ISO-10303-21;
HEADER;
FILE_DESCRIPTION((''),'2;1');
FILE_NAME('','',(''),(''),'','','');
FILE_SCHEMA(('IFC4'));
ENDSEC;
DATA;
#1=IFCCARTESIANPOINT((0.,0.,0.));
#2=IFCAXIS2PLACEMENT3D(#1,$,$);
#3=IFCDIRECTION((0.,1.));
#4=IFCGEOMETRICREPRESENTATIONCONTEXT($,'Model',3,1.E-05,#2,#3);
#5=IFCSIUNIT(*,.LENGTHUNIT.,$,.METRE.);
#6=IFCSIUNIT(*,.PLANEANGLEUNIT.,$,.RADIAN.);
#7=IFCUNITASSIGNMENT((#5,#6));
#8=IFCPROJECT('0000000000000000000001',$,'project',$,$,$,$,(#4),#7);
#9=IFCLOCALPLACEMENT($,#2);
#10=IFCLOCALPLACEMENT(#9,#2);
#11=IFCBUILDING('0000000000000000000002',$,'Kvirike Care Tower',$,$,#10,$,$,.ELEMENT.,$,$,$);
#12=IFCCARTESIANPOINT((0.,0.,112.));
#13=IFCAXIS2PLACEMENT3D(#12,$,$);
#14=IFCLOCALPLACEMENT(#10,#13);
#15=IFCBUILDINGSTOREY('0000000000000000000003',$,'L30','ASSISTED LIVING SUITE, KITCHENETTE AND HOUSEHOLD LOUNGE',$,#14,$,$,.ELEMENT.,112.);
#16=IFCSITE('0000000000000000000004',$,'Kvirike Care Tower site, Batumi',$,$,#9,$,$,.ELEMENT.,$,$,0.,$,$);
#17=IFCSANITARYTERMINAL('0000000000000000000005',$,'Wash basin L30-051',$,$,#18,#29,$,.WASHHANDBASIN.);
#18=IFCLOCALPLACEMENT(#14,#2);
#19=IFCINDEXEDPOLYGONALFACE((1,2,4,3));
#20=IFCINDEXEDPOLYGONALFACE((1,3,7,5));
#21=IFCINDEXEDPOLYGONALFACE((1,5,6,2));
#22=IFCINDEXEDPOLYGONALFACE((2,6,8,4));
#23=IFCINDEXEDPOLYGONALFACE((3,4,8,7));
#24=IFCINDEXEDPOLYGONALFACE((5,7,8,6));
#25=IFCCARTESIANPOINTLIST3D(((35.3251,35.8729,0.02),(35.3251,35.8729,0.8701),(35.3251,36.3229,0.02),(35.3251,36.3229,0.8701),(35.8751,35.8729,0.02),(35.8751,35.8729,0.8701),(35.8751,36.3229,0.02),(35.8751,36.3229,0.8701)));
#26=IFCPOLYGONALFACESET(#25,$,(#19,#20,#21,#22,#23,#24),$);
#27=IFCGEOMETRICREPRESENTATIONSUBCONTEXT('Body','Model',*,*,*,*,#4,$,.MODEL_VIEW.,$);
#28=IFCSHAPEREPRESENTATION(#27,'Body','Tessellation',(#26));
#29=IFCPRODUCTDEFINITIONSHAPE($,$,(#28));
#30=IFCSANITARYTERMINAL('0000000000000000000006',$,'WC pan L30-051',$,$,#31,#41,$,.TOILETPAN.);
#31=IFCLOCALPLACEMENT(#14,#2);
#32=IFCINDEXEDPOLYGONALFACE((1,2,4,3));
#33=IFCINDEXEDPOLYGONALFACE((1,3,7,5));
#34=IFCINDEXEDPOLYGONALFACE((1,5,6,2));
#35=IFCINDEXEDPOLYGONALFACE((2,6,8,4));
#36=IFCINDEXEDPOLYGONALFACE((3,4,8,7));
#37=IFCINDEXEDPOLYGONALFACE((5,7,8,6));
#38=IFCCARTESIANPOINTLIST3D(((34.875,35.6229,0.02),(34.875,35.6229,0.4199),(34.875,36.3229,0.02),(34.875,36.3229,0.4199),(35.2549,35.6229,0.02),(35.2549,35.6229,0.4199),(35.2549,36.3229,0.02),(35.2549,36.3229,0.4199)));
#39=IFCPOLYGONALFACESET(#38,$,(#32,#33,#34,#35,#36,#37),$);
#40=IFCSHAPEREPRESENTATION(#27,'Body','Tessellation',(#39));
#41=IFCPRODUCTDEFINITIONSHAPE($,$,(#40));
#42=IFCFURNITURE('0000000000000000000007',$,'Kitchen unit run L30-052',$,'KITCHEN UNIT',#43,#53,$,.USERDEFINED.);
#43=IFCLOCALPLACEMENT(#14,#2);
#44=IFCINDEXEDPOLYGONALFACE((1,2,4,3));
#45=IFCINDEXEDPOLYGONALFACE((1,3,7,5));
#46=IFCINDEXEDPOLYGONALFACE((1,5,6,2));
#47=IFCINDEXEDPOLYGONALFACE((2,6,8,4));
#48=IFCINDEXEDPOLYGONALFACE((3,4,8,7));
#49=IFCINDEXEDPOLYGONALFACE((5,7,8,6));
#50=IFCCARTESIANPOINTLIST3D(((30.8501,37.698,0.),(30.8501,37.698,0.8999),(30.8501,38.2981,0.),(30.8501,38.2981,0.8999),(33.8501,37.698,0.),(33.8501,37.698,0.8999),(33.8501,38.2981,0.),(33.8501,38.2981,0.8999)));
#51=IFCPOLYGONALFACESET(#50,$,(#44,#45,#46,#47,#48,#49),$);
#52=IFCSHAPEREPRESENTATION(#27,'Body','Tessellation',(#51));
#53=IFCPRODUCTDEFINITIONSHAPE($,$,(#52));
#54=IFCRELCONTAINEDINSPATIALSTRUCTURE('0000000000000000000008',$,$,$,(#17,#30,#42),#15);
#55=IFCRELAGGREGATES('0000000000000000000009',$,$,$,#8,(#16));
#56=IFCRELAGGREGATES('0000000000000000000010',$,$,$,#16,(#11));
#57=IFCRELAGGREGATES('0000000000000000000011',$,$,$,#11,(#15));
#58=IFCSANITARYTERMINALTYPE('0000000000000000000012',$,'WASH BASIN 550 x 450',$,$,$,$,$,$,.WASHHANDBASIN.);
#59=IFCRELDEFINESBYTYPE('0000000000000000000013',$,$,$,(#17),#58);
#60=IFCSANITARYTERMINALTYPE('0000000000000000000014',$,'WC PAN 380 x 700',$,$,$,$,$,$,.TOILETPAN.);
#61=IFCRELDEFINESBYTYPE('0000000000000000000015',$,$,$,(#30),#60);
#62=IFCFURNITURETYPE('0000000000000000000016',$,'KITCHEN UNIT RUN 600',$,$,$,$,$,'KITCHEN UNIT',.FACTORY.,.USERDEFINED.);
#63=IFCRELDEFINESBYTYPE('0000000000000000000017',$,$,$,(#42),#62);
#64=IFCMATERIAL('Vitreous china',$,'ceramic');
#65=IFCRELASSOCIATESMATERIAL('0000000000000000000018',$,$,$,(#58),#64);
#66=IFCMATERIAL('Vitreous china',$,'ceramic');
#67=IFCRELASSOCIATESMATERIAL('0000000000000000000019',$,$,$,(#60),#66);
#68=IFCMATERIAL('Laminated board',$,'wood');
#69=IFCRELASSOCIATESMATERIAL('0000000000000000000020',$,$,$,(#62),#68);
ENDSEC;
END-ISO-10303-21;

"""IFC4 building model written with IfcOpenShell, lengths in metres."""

from ifc_helpers import new_model, si_unit, direction, frame, origin, origin_2d, place, context, subcontext, project, spatial, rectangle, extrude, material, type_object, element, save


model = new_model("IFC4")

# Units and contexts
model_context = context("Model", 3, precision=1e-05, world=origin(), true_north=direction((0.0, 1.0)))
body_context = subcontext(model_context, "Body", "Model", "MODEL_VIEW")
ifc_project = project(units=[si_unit("LENGTHUNIT", "METRE"), si_unit("PLANEANGLEUNIT", "RADIAN")], contexts=[model_context])

# Site, building, storey
site_placement = place(None, origin())
site = spatial("IfcSite", under=ifc_project, at=site_placement, Name="Kvirike Care Tower site, Batumi", CompositionType="ELEMENT", RefElevation=0.0)
building_placement = place(site_placement, origin())
building = spatial("IfcBuilding", under=site, at=building_placement, Name="Kvirike Care Tower", CompositionType="ELEMENT")
storey_placement = place(building_placement, frame((0.0, 0.0, 112.0)))
storey = spatial("IfcBuildingStorey", under=building, at=storey_placement, Name="L30", Description="ASSISTED LIVING SUITE, KITCHENETTE AND HOUSEHOLD LOUNGE", CompositionType="ELEMENT", Elevation=112.0)

# Sanitary terminals
ifc_material_1 = material(Name="Vitreous china", Category="ceramic")
sanitary_terminal_type_1 = type_object("IfcSanitaryTerminalType", Name="WASH BASIN 550 x 450", PredefinedType="WASHHANDBASIN", material=ifc_material_1)
sanitary_terminal_1_placement = place(storey_placement, frame((35.6001, 36.0979, 0.02), z_axis=(0.0, 0.0, 1.0), x_axis=(1.0, 0.0, 0.0)))
element("IfcSanitaryTerminal", 1, at=sanitary_terminal_1_placement, inside=storey, type_object=sanitary_terminal_type_1, Name="Wash basin L30-051", PredefinedType="WASHHANDBASIN", context=body_context, shape_type="SweptSolid", body=[
    extrude(rectangle(XDim=0.55, YDim=0.45, at=origin_2d()), origin(), (0.0, 0.0, 1.0), 0.8501),
])
ifc_material_2 = material(Name="Vitreous china", Category="ceramic")
sanitary_terminal_type_2 = type_object("IfcSanitaryTerminalType", Name="WC PAN 380 x 700", PredefinedType="TOILETPAN", material=ifc_material_2)
sanitary_terminal_2_placement = place(storey_placement, frame((35.0649, 35.9729, 0.02), z_axis=(0.0, 0.0, 1.0), x_axis=(1.0, 0.0, 0.0)))
element("IfcSanitaryTerminal", 2, at=sanitary_terminal_2_placement, inside=storey, type_object=sanitary_terminal_type_2, Name="WC pan L30-051", PredefinedType="TOILETPAN", context=body_context, shape_type="SweptSolid", body=[
    extrude(rectangle(XDim=0.3799, YDim=0.7, at=origin_2d()), origin(), (0.0, 0.0, 1.0), 0.3999),
])

# Furniture
ifc_material_3 = material(Name="Laminated board", Category="wood")
furniture_type = type_object("IfcFurnitureType", Name="KITCHEN UNIT RUN 600", ElementType="KITCHEN UNIT", AssemblyPlace="FACTORY", PredefinedType="USERDEFINED", material=ifc_material_3)
furniture_placement = place(storey_placement, frame((32.3501, 37.998, 0.0), z_axis=(0.0, 0.0, 1.0), x_axis=(1.0, 0.0, 0.0)))
element("IfcFurniture", 3, at=furniture_placement, inside=storey, type_object=furniture_type, Name="Kitchen unit run L30-052", ObjectType="KITCHEN UNIT", PredefinedType="USERDEFINED", context=body_context, shape_type="SweptSolid", body=[
    extrude(rectangle(XDim=3.0, YDim=0.6001, at=origin_2d()), origin(), (0.0, 0.0, 1.0), 0.8999),
])

save(model, "model.ifc")
